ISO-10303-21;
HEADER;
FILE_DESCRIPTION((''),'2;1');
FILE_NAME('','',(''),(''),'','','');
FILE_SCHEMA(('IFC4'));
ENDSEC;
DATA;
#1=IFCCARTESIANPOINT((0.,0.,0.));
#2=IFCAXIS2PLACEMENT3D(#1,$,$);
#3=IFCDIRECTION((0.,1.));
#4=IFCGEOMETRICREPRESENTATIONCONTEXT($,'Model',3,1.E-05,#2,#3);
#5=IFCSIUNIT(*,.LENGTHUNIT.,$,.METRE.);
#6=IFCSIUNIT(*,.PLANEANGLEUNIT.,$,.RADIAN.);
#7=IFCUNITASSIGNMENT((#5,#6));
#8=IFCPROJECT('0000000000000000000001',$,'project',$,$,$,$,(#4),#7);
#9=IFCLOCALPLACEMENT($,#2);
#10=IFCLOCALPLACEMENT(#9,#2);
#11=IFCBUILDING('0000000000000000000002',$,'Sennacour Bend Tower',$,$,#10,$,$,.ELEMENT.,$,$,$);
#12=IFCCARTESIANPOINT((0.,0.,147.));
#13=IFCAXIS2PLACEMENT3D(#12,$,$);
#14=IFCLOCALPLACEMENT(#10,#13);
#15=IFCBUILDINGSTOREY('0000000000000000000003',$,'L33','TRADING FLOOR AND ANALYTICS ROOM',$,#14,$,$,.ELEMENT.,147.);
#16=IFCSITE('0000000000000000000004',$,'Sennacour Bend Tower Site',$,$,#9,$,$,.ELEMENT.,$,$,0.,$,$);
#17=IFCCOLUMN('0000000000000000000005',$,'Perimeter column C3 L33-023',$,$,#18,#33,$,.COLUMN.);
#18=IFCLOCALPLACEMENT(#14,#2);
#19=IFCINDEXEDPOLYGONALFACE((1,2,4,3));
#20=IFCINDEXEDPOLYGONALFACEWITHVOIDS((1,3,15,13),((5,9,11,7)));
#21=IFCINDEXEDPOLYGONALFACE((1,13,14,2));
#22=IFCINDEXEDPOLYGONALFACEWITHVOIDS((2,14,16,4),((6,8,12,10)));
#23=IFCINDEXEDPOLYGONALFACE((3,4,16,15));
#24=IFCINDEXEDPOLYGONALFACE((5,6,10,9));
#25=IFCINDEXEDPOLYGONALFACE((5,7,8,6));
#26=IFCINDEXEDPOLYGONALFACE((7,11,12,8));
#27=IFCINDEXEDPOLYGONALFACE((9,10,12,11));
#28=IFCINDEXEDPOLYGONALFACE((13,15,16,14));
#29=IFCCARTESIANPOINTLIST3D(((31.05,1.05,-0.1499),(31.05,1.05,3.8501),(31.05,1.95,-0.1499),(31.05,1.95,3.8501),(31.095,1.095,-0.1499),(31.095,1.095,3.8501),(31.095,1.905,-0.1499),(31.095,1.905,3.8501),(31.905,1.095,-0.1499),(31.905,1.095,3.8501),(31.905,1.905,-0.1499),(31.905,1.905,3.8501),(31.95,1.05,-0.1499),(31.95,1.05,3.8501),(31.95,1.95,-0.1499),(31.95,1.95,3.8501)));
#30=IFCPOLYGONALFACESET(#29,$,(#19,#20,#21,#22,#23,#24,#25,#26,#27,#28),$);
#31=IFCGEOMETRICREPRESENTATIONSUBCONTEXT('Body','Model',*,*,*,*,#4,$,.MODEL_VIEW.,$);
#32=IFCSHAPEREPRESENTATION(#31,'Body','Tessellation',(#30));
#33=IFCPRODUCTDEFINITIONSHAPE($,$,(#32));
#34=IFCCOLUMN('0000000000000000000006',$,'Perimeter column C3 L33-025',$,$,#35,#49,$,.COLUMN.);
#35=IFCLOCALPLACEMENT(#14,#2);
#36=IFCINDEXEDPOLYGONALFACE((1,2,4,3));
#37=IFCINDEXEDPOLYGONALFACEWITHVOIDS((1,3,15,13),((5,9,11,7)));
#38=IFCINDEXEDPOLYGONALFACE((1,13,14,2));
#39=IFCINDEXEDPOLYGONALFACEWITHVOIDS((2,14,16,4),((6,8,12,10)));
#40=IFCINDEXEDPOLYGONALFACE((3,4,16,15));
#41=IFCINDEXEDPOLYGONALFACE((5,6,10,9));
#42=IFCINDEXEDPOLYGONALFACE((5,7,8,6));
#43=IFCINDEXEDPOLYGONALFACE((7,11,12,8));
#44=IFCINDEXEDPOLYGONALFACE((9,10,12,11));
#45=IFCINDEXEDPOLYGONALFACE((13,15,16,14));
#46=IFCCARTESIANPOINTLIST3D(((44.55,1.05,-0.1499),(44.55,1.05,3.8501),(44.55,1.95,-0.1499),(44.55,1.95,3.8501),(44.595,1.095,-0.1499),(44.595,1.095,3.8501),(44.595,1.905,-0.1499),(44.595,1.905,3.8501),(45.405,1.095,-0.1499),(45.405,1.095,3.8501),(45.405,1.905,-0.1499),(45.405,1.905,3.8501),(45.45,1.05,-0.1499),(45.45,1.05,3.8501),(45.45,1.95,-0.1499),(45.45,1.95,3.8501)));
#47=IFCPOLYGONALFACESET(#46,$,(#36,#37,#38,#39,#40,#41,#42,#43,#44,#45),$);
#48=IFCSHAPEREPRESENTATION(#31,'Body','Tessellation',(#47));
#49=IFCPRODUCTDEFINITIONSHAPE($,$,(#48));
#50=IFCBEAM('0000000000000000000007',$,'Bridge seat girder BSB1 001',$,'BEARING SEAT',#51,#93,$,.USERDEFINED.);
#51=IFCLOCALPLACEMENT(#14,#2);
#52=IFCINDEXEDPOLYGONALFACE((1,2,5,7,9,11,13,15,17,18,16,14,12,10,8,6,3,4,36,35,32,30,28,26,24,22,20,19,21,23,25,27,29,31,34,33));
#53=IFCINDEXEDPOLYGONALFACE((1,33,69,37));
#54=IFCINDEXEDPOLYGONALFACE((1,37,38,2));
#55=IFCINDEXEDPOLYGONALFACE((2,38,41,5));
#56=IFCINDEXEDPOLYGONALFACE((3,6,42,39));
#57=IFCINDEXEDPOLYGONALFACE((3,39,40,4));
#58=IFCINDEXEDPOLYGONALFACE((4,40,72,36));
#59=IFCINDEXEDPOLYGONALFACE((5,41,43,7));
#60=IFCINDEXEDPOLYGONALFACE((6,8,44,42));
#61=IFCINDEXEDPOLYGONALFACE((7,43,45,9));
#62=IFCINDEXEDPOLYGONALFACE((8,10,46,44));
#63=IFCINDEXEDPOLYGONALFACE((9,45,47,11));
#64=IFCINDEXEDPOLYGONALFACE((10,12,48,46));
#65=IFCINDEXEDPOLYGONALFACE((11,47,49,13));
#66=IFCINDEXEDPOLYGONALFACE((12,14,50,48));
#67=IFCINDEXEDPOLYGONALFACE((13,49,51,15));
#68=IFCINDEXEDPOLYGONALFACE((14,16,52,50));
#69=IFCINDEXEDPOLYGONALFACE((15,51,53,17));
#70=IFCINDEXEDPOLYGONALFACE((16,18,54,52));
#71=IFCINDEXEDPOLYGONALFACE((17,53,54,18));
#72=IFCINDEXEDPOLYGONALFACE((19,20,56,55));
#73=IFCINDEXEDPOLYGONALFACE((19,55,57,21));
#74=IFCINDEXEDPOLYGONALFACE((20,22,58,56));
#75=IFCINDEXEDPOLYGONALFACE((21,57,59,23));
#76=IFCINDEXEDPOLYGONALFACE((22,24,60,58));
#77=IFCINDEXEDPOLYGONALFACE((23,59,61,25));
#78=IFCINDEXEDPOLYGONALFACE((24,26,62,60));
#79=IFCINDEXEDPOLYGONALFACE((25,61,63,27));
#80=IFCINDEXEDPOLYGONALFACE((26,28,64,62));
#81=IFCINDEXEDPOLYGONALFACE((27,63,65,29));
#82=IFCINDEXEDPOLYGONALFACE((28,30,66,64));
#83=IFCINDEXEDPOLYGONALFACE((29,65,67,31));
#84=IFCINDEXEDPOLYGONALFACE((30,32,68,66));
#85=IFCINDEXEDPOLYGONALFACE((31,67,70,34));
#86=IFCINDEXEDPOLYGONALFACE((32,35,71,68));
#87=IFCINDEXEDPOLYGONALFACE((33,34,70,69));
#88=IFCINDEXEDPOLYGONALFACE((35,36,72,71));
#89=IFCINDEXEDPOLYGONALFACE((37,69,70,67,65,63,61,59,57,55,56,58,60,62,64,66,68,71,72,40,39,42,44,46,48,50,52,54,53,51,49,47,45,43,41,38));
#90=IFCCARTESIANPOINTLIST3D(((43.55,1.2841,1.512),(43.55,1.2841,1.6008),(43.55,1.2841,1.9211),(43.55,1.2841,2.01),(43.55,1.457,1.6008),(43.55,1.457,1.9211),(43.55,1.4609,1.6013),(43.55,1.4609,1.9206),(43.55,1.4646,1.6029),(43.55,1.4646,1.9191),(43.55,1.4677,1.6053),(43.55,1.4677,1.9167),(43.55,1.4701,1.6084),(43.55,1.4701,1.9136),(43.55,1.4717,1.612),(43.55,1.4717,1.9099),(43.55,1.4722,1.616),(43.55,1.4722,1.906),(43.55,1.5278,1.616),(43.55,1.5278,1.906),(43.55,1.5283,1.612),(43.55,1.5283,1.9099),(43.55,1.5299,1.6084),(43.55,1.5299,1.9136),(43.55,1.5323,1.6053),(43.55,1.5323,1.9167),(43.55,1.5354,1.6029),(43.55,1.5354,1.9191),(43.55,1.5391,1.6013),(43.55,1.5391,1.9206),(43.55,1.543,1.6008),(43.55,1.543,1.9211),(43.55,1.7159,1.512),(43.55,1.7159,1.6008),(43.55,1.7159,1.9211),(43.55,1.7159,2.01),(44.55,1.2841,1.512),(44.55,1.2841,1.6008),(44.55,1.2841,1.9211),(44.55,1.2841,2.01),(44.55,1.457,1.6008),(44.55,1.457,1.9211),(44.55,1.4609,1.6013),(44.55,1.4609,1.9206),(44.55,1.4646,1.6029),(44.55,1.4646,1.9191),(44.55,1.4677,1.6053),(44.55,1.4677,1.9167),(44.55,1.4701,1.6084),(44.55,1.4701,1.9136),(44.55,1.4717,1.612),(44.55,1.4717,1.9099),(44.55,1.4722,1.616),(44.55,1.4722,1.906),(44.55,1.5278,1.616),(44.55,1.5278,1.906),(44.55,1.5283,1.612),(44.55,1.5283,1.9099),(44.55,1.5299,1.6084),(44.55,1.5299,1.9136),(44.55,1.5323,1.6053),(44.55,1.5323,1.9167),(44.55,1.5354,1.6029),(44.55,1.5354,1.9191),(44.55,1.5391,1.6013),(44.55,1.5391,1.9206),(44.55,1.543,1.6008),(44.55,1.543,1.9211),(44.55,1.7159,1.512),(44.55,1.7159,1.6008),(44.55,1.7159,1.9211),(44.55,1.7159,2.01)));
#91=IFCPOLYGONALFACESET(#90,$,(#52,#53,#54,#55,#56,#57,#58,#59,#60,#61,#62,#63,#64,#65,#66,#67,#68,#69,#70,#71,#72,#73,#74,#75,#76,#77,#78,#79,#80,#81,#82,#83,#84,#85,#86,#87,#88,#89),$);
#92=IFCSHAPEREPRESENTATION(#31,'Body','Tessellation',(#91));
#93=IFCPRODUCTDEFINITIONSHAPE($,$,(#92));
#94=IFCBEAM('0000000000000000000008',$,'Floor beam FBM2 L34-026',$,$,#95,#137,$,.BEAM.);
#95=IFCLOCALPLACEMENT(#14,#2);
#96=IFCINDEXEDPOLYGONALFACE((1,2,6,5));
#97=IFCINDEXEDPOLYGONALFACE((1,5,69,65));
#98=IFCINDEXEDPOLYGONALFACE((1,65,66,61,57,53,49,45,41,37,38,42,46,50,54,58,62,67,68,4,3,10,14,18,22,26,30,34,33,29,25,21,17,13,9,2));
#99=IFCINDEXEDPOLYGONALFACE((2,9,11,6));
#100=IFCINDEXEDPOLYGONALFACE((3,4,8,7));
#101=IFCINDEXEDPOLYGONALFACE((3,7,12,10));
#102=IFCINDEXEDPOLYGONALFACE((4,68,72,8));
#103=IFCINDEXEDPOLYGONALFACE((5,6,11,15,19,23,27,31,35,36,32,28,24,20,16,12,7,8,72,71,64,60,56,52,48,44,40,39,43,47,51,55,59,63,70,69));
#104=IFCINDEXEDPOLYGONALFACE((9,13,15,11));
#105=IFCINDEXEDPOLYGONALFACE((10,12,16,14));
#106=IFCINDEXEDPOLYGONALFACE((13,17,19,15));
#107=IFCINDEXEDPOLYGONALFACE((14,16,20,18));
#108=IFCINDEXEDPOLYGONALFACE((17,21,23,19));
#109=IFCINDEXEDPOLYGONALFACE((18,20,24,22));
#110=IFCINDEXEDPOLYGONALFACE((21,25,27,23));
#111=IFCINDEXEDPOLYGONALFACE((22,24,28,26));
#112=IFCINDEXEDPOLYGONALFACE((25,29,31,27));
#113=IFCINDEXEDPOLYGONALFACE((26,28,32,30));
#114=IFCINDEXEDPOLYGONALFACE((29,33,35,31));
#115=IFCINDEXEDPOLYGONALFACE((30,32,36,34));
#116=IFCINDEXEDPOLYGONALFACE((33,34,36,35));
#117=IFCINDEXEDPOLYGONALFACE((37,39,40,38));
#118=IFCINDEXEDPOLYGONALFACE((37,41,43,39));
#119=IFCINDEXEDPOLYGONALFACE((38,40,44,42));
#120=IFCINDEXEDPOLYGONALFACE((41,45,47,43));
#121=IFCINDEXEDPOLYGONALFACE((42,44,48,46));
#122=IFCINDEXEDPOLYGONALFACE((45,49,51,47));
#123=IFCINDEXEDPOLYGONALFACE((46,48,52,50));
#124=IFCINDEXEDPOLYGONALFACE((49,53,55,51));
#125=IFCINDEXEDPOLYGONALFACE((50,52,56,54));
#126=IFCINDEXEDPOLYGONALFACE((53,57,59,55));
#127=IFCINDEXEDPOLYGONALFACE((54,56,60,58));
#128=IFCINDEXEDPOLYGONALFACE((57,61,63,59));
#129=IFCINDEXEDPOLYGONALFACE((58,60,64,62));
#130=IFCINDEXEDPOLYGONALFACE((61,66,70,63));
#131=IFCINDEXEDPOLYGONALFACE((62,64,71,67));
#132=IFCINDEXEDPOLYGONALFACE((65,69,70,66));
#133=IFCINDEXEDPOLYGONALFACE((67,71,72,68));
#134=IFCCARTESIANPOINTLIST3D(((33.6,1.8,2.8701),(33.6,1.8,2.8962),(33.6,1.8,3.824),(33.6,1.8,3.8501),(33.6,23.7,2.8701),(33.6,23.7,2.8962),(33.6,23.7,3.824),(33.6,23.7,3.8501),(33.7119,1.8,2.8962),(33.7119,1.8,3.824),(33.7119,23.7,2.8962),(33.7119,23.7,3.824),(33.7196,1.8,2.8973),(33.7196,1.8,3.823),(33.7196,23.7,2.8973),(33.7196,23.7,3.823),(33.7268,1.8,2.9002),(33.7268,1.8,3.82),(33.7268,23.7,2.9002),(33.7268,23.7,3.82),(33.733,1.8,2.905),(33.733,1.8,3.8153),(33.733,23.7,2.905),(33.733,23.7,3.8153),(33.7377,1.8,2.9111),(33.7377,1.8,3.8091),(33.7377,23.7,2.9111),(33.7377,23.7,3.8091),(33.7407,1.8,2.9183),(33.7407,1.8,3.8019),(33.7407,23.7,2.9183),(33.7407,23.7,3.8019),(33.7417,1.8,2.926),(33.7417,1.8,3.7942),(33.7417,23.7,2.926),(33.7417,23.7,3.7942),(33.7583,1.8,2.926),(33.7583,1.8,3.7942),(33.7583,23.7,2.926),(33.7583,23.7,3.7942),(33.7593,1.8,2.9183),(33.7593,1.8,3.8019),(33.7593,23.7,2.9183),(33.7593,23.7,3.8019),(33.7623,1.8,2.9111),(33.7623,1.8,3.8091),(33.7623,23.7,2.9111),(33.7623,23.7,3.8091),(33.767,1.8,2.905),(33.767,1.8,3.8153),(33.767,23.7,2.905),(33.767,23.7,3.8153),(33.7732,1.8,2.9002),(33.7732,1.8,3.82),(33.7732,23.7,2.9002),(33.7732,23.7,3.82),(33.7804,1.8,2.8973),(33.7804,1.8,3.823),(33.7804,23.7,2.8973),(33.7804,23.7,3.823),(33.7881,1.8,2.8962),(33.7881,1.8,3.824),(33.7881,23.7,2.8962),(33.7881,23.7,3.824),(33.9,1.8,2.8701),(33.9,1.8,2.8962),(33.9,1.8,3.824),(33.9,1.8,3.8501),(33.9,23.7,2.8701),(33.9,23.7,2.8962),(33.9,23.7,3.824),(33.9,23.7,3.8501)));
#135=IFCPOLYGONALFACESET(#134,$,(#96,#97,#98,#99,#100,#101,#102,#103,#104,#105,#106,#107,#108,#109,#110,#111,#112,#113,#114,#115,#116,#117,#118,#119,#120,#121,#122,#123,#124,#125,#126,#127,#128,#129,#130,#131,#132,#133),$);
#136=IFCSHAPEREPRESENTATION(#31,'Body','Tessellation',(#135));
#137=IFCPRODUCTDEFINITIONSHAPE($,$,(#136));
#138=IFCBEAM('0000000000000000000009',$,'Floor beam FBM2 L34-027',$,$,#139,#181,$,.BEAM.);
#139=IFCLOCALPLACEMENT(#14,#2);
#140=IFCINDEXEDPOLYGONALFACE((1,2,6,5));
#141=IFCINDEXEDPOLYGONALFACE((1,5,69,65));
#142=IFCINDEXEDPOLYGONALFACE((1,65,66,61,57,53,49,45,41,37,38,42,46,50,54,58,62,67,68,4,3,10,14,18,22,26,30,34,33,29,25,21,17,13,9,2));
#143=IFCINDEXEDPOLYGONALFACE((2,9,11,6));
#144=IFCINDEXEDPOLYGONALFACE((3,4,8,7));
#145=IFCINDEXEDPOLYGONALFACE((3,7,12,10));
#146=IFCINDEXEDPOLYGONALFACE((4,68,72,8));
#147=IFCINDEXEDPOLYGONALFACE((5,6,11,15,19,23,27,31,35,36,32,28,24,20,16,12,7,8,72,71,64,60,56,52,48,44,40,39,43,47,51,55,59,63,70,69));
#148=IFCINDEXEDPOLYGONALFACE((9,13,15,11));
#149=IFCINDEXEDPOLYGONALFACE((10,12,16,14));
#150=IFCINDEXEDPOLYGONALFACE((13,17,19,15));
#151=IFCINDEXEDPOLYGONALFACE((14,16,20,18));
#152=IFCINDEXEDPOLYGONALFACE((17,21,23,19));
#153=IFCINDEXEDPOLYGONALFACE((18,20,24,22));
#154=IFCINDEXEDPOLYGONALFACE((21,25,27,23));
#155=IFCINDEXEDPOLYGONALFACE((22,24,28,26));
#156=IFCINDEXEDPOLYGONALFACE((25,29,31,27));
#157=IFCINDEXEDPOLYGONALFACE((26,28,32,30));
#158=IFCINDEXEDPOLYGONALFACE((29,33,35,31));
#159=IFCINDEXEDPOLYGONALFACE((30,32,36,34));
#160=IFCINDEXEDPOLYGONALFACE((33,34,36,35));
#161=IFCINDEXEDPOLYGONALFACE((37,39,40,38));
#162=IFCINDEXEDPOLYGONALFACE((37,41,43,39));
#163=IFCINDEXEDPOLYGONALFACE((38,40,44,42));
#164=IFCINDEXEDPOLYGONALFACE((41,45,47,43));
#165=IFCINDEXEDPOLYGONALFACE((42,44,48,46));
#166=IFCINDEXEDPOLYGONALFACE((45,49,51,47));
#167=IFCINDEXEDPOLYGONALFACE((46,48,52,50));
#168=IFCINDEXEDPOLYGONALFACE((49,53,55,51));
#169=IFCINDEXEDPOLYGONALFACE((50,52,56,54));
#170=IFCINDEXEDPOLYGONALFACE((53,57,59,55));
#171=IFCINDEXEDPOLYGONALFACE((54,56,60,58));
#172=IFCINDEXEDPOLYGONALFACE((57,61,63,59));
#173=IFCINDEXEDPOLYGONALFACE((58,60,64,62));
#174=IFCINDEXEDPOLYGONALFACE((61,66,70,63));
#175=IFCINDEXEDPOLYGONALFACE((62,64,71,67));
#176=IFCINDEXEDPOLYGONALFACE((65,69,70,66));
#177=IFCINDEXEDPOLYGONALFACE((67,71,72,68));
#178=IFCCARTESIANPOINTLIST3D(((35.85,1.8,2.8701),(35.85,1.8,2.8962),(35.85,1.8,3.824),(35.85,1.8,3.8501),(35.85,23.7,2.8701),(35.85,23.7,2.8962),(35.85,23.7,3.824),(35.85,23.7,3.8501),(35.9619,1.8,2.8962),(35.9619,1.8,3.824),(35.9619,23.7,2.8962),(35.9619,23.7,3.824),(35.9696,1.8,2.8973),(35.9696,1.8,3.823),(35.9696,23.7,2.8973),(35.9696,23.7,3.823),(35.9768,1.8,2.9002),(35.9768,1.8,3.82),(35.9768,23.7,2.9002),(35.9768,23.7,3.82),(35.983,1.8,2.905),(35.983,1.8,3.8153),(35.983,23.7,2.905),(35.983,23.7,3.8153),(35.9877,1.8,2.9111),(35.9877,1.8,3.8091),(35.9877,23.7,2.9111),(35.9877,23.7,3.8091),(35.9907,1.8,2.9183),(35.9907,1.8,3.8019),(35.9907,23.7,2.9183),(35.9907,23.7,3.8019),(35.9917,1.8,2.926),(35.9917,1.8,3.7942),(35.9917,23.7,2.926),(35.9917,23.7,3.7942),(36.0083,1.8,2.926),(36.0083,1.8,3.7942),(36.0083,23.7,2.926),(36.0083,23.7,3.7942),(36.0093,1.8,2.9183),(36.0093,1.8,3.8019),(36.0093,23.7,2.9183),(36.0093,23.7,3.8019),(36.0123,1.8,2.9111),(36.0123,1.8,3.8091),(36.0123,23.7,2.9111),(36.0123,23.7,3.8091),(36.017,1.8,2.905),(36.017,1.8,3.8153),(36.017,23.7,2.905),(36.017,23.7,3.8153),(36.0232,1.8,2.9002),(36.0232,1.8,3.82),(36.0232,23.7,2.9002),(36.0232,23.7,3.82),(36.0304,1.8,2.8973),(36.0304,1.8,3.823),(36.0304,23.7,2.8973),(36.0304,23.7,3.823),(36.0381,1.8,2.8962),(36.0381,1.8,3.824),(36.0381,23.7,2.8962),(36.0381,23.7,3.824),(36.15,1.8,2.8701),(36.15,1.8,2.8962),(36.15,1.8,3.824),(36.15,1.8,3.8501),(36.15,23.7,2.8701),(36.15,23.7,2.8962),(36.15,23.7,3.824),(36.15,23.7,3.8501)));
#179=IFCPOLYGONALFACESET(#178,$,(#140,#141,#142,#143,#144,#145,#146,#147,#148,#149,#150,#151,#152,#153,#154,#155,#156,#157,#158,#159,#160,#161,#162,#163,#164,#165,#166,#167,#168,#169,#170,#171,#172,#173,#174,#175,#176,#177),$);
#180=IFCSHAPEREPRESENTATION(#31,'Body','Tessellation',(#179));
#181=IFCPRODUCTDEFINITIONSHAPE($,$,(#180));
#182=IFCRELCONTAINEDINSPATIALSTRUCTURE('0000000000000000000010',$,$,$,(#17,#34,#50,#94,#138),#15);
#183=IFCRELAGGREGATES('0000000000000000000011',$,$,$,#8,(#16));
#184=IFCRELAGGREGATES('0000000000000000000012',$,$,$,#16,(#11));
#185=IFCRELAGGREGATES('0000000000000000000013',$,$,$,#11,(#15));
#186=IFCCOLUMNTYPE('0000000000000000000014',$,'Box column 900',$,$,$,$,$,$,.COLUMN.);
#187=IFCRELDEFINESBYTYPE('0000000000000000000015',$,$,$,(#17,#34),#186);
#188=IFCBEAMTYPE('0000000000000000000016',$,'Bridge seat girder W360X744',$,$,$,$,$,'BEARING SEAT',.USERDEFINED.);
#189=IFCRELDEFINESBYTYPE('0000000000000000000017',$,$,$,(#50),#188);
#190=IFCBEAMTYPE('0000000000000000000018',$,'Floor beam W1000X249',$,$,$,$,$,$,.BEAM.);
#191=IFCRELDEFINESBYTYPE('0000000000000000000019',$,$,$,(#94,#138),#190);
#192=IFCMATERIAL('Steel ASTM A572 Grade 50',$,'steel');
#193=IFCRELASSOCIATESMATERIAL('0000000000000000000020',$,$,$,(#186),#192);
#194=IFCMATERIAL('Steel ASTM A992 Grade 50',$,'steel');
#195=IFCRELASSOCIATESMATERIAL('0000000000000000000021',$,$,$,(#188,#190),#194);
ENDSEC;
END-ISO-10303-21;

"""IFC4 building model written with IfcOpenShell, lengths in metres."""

from ifc_helpers import new_model, si_unit, direction, frame, origin, origin_2d, place, context, subcontext, project, spatial, hollow_rectangle, i_section, extrude, material, material_profile, profile_set, type_object, element, save


model = new_model("IFC4")

# Units and contexts
model_context = context("Model", 3, precision=1e-05, world=origin(), true_north=direction((0.0, 1.0)))
body_context = subcontext(model_context, "Body", "Model", "MODEL_VIEW")
ifc_project = project(units=[si_unit("LENGTHUNIT", "METRE"), si_unit("PLANEANGLEUNIT", "RADIAN")], contexts=[model_context])

# Site, building, storey
site_placement = place(None, origin())
site = spatial("IfcSite", under=ifc_project, at=site_placement, Name="Sennacour Bend Tower Site", CompositionType="ELEMENT", RefElevation=0.0)
building_placement = place(site_placement, origin())
building = spatial("IfcBuilding", under=site, at=building_placement, Name="Sennacour Bend Tower", CompositionType="ELEMENT")
storey_placement = place(building_placement, frame((0.0, 0.0, 147.0)))
storey = spatial("IfcBuildingStorey", under=building, at=storey_placement, Name="L33", Description="TRADING FLOOR AND ANALYTICS ROOM", CompositionType="ELEMENT", Elevation=147.0)

# Columns
ifc_material_1 = material(Name="Steel ASTM A572 Grade 50", Category="steel")
ifc_material_profile_1 = material_profile(ifc_material_1, hollow_rectangle(XDim=0.8999, YDim=0.8999, WallThickness=0.0449, at=origin_2d()), Name="Steel ASTM A572 Grade 50", Category="steel")
ifc_profile_set_1 = profile_set([ifc_material_profile_1], Name="Steel ASTM A572 Grade 50")
column_type = type_object("IfcColumnType", Name="Box column 900", PredefinedType="COLUMN", material=ifc_profile_set_1)
for number, where, z_axis, x_axis, name in (
    (1, (31.5, 1.5, -0.1499), (0.0, 0.0, 1.0), (1.0, 0.0, 0.0), "Perimeter column C3 L33-023"),
    (2, (45.0, 1.5, -0.1499), (0.0, 0.0, 1.0), (1.0, 0.0, 0.0), "Perimeter column C3 L33-025"),
):
    element("IfcColumn", number, at=place(storey_placement, frame(where, z_axis=z_axis, x_axis=x_axis)), inside=storey, type_object=column_type, Name=name, PredefinedType="COLUMN", context=body_context, shape_type="SweptSolid", body=[
        extrude(hollow_rectangle(XDim=0.8999, YDim=0.8999, WallThickness=0.0449, at=origin_2d()), origin(), (0.0, 0.0, 1.0), 4.0),
    ])

# Beams
ifc_material_2 = material(Name="Steel ASTM A992 Grade 50", Category="steel")
ifc_material_profile_2 = material_profile(ifc_material_2, i_section(OverallWidth=0.4319, OverallDepth=0.498, WebThickness=0.0557, FlangeThickness=0.0889, FilletRadius=0.0151, at=origin_2d()), Name="Steel ASTM A992 Grade 50", Category="steel")
ifc_profile_set_2 = profile_set([ifc_material_profile_2], Name="Steel ASTM A992 Grade 50")
beam_type_1 = type_object("IfcBeamType", Name="Bridge seat girder W360X744", ElementType="BEARING SEAT", PredefinedType="USERDEFINED", material=ifc_profile_set_2)
beam_1_placement = place(storey_placement, frame((43.55, 1.5, 1.761), z_axis=(1.0, 0.0, 0.0), x_axis=(0.0, 1.0, 0.0)))
element("IfcBeam", 3, at=beam_1_placement, inside=storey, type_object=beam_type_1, Name="Bridge seat girder BSB1 001", ObjectType="BEARING SEAT", PredefinedType="USERDEFINED", context=body_context, shape_type="SweptSolid", body=[
    extrude(i_section(OverallWidth=0.4319, OverallDepth=0.498, WebThickness=0.0557, FlangeThickness=0.0889, FilletRadius=0.0151, at=origin_2d()), origin(), (0.0, 0.0, 1.0), 1.0),
])
ifc_material_profile_3 = material_profile(ifc_material_2, i_section(OverallWidth=0.3, OverallDepth=0.98, WebThickness=0.0166, FlangeThickness=0.0261, FilletRadius=0.0298, at=origin_2d()), Name="Steel ASTM A992 Grade 50", Category="steel")
ifc_profile_set_3 = profile_set([ifc_material_profile_3], Name="Steel ASTM A992 Grade 50")
beam_type_2 = type_object("IfcBeamType", Name="Floor beam W1000X249", PredefinedType="BEAM", material=ifc_profile_set_3)
for number, where, z_axis, x_axis, name in (
    (4, (33.75, 1.8, 3.3601), (0.0, 1.0, 0.0), (-1.0, 0.0, 0.0), "Floor beam FBM2 L34-026"),
    (5, (36.0, 1.8, 3.3601), (0.0, 1.0, 0.0), (-1.0, 0.0, 0.0), "Floor beam FBM2 L34-027"),
):
    element("IfcBeam", number, at=place(storey_placement, frame(where, z_axis=z_axis, x_axis=x_axis)), inside=storey, type_object=beam_type_2, Name=name, PredefinedType="BEAM", context=body_context, shape_type="SweptSolid", body=[
        extrude(i_section(OverallWidth=0.3, OverallDepth=0.98, WebThickness=0.0166, FlangeThickness=0.0261, FilletRadius=0.0298, at=origin_2d()), origin(), (0.0, 0.0, 1.0), 21.8999),
    ])

save(model, "model.ifc")
